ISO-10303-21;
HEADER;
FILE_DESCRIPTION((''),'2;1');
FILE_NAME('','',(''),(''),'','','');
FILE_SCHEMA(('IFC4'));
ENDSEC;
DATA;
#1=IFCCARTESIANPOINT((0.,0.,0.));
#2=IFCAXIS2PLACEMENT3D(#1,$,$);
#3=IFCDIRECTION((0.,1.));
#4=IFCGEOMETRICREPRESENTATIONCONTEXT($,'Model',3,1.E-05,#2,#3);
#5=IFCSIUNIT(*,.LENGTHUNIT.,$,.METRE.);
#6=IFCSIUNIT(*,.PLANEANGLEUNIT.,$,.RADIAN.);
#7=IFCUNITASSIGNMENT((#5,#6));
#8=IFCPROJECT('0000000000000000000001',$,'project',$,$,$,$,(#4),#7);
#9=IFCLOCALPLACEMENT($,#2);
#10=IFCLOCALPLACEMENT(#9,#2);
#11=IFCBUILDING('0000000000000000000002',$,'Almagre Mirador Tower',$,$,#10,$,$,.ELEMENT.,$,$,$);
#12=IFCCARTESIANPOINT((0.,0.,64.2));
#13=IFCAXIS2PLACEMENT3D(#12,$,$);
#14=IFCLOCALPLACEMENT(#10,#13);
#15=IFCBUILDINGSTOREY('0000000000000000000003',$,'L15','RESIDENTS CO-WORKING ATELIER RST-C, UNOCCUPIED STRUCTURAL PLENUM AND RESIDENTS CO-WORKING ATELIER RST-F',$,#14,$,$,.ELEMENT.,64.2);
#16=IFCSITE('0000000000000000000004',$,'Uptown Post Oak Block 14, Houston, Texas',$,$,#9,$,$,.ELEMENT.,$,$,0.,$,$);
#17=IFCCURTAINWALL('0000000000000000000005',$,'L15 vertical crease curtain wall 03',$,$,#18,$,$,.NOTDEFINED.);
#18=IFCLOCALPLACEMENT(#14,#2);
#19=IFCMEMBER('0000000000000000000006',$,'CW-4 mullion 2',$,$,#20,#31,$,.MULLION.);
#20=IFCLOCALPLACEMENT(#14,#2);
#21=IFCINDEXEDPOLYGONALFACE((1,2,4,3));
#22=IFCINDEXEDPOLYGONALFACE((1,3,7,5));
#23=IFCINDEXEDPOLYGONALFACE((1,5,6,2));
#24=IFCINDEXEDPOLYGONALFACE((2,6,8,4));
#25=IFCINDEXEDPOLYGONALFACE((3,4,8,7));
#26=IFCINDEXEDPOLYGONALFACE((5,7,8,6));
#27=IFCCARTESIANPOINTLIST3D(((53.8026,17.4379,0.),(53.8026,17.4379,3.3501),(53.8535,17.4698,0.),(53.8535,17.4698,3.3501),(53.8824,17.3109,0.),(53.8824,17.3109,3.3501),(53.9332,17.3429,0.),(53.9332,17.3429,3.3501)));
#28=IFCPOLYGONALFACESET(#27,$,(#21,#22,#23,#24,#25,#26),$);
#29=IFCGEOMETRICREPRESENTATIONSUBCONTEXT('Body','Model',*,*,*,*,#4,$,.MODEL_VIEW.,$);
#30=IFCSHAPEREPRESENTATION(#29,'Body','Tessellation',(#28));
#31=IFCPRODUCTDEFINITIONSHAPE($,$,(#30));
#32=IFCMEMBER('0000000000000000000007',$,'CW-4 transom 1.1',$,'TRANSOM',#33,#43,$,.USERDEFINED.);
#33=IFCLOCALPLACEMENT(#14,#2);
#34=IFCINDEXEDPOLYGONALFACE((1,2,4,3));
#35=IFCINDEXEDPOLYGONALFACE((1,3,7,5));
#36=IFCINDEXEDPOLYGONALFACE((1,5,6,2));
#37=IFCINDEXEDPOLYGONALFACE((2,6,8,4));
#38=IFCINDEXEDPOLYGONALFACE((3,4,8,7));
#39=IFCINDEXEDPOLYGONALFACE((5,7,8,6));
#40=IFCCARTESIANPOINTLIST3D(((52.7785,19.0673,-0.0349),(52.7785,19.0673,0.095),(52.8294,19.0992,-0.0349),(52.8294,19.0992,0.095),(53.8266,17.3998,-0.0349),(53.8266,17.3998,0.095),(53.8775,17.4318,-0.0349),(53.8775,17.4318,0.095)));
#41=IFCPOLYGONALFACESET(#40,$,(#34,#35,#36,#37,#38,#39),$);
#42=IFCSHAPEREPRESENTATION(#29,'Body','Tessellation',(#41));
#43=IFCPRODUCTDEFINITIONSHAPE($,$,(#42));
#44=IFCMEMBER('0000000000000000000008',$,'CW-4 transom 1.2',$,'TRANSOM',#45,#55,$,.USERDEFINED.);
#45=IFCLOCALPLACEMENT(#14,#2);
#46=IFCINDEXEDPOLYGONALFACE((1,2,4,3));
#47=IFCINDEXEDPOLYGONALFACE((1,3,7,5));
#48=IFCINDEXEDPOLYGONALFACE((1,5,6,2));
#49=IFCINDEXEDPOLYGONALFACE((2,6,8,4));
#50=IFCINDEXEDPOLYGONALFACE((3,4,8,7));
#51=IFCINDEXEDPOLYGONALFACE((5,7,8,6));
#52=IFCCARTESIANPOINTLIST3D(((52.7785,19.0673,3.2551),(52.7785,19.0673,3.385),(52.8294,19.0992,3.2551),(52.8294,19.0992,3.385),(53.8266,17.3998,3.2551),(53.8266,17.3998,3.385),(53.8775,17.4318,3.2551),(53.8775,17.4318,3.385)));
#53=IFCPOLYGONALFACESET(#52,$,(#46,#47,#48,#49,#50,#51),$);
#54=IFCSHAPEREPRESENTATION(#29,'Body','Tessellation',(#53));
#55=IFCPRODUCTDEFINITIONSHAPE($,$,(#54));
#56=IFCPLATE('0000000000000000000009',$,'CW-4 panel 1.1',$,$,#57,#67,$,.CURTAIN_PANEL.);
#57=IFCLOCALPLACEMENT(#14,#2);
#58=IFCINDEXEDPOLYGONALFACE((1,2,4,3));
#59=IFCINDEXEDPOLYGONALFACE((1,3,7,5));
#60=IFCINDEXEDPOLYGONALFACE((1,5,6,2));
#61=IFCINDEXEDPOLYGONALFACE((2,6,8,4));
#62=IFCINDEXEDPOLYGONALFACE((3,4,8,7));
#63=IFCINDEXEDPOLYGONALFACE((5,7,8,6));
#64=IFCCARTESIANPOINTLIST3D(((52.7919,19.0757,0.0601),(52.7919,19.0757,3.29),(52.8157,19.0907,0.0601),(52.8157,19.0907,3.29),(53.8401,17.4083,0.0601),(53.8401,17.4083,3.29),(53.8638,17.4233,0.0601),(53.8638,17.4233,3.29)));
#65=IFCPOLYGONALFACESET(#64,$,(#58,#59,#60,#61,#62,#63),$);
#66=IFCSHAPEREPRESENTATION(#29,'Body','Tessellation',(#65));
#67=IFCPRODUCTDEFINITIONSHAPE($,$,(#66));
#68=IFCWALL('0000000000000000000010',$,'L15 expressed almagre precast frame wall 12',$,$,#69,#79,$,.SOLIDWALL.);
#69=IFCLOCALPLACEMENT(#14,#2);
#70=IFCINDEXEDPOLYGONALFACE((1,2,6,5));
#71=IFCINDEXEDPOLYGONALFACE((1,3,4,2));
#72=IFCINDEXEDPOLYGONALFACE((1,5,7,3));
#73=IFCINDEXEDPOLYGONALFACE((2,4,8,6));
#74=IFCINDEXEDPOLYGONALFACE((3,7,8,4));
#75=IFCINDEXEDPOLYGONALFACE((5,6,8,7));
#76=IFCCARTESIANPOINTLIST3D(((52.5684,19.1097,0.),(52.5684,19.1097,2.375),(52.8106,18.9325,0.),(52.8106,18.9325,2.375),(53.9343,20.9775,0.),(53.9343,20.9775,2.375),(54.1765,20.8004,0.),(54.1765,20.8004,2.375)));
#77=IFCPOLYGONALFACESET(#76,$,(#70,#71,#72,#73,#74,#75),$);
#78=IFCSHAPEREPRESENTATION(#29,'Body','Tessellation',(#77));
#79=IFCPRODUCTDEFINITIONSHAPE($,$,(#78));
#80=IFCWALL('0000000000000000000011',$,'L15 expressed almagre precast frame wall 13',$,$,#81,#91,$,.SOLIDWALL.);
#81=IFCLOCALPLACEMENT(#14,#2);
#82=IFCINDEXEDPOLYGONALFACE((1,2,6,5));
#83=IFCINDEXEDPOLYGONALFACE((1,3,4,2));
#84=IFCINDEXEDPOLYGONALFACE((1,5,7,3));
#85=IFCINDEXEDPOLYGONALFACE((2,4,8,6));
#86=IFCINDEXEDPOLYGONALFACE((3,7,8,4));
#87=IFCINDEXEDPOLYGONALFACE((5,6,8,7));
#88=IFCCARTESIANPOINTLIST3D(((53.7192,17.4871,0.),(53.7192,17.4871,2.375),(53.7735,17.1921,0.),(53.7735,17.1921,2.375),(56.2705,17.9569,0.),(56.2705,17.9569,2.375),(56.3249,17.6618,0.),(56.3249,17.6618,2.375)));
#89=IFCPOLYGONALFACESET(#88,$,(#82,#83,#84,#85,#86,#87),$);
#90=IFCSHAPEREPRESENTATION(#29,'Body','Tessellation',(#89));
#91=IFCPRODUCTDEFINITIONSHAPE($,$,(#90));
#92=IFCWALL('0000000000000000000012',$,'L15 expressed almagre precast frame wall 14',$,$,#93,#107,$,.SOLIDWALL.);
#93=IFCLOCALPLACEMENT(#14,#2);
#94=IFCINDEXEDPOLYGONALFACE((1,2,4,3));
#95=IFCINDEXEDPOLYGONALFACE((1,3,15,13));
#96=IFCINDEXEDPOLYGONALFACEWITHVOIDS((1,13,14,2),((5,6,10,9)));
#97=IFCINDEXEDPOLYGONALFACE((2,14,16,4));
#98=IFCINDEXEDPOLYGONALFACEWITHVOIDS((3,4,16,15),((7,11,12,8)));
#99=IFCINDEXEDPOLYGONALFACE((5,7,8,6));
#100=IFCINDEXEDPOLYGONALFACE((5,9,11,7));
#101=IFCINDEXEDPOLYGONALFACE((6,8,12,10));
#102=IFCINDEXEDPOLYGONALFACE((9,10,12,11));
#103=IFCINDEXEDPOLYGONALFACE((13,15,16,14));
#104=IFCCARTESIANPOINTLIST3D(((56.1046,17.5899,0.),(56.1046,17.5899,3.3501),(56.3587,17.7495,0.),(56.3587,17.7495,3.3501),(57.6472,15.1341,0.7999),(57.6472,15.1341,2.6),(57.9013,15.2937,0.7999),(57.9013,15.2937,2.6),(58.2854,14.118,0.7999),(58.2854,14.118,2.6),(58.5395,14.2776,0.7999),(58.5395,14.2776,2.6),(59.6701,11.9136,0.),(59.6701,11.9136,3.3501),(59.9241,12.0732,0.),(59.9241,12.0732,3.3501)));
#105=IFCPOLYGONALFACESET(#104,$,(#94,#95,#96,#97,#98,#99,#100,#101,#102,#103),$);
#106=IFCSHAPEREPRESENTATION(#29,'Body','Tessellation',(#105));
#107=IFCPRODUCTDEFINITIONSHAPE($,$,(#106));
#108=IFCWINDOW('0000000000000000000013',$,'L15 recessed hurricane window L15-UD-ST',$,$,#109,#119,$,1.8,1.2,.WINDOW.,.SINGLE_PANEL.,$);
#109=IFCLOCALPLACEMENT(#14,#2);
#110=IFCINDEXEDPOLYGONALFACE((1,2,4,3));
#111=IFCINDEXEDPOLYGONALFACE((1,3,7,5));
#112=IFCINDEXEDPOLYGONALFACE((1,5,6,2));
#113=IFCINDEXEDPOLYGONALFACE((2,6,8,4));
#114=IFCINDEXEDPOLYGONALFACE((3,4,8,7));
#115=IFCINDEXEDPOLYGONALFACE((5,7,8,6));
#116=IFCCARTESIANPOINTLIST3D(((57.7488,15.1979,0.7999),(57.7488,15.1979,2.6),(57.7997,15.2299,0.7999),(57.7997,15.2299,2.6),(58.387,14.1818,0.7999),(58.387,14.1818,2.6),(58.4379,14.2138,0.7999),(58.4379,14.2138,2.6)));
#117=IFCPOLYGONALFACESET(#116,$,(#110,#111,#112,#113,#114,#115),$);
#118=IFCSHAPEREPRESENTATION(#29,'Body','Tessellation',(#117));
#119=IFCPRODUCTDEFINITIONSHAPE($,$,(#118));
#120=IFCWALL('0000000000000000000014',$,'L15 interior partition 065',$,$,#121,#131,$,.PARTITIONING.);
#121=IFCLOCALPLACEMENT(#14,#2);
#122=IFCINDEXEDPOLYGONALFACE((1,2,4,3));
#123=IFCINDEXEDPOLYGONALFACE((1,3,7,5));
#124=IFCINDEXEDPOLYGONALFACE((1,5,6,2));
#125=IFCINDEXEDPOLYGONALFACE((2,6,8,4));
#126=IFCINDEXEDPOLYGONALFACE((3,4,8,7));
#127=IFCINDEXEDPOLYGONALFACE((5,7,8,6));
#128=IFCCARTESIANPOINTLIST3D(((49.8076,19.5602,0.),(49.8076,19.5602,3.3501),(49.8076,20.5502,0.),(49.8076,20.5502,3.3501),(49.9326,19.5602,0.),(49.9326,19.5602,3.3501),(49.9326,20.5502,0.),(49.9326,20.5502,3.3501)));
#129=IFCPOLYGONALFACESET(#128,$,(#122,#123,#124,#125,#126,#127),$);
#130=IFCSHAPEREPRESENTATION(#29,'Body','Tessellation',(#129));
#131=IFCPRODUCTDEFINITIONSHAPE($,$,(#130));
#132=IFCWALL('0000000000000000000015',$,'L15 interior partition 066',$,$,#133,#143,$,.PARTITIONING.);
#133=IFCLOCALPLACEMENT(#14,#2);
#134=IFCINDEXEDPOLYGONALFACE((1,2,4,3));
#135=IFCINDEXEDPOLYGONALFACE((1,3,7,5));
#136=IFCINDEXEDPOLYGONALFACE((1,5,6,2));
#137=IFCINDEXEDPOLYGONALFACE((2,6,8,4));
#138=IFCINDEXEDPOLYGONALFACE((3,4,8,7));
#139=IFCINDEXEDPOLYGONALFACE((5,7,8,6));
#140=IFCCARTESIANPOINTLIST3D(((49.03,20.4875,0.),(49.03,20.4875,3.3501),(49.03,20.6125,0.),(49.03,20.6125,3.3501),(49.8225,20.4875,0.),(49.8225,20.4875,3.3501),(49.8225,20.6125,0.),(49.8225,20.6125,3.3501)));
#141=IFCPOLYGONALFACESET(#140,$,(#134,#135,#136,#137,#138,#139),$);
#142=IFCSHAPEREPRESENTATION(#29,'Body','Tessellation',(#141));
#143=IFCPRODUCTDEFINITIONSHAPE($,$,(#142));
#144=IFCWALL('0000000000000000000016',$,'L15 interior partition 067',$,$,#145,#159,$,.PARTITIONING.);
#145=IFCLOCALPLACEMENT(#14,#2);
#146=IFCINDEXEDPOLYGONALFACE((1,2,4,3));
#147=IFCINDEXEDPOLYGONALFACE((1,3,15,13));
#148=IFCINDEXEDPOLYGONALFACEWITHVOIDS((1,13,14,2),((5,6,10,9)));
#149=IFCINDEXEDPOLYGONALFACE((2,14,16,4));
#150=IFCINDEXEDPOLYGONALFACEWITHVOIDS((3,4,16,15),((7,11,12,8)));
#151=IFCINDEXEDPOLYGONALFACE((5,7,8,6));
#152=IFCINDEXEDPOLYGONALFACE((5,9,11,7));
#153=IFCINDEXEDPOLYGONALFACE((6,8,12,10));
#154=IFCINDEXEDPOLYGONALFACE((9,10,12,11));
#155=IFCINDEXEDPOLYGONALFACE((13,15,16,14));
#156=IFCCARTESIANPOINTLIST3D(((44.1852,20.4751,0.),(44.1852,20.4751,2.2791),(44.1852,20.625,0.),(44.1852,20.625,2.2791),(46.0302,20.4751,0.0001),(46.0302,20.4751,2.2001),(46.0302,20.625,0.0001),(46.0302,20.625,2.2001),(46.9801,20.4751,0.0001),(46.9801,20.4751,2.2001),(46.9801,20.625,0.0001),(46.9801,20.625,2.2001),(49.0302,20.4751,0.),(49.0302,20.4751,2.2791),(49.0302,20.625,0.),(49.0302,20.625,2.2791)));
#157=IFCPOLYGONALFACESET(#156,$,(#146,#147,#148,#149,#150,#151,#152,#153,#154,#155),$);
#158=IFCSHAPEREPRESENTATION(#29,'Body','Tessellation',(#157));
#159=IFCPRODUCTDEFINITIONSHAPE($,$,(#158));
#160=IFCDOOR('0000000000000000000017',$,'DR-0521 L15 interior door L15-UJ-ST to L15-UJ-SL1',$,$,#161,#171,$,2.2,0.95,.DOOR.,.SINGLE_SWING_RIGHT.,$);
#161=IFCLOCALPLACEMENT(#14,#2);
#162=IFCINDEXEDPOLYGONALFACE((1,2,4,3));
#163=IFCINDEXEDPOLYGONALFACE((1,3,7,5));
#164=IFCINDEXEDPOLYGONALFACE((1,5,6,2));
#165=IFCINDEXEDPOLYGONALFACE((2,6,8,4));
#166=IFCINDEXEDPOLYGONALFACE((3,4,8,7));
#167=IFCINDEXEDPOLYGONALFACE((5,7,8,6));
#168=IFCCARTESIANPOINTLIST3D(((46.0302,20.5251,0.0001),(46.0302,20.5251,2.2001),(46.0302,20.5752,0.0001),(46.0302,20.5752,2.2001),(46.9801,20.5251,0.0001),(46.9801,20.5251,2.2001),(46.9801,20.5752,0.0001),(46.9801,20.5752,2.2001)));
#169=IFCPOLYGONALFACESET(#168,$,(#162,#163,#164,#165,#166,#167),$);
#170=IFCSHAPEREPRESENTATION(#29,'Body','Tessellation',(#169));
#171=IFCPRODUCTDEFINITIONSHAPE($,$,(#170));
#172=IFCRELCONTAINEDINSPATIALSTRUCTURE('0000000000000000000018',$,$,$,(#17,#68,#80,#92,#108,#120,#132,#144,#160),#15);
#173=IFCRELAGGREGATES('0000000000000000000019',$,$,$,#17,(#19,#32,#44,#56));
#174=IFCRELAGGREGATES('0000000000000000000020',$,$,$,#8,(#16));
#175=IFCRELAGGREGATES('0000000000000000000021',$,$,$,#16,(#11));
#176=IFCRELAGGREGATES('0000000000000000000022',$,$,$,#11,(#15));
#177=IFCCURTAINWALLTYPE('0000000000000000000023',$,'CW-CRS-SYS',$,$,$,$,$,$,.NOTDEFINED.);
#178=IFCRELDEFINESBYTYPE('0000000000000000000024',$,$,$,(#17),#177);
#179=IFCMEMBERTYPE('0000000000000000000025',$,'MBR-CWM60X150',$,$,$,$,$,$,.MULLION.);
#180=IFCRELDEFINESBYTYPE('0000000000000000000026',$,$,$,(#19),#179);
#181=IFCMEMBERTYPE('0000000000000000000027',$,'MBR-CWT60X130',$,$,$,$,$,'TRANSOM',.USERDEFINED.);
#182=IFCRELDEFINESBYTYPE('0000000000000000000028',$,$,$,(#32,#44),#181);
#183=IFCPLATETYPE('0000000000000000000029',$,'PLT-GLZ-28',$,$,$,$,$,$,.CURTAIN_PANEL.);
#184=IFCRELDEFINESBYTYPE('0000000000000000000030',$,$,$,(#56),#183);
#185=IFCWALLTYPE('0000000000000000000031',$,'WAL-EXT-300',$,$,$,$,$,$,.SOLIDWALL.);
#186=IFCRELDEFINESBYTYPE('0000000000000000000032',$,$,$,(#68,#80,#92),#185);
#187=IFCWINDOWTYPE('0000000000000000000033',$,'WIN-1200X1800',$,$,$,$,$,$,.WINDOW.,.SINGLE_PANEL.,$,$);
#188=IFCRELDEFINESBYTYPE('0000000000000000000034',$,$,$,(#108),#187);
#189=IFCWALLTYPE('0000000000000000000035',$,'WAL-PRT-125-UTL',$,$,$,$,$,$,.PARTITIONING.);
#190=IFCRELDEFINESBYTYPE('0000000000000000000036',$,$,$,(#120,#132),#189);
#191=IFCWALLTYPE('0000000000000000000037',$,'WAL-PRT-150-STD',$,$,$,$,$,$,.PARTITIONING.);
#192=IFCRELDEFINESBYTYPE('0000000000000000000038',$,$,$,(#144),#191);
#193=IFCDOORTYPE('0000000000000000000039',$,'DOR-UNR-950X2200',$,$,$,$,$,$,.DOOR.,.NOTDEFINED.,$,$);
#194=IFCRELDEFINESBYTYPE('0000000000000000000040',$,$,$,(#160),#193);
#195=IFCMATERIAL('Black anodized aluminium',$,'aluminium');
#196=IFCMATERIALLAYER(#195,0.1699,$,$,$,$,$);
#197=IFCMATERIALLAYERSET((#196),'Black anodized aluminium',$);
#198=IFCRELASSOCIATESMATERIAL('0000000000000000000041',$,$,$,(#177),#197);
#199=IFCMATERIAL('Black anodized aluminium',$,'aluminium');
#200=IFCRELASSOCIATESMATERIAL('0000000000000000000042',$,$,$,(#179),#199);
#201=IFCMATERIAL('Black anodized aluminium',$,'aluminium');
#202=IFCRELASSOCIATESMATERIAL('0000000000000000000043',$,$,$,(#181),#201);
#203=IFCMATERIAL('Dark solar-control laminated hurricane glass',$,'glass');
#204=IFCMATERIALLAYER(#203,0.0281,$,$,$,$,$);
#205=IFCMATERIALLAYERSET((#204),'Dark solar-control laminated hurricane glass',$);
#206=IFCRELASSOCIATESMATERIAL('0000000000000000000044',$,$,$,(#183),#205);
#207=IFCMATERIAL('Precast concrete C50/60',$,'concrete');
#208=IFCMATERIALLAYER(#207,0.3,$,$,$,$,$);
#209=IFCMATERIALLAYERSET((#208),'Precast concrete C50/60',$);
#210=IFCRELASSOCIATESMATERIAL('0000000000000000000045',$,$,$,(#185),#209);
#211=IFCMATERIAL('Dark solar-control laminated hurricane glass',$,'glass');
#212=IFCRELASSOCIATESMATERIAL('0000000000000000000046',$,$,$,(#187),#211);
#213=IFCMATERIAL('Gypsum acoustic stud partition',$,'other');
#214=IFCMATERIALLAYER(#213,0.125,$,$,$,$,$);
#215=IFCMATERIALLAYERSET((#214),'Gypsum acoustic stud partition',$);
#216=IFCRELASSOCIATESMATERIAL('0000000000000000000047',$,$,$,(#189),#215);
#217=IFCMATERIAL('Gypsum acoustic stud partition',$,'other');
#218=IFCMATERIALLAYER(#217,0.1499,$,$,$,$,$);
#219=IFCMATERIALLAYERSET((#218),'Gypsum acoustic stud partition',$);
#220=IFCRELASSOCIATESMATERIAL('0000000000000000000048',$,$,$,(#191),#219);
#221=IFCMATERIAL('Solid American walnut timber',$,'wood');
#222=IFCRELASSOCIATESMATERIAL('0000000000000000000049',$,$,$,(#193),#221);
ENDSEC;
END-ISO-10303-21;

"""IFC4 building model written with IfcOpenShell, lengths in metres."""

from ifc_helpers import new_model, si_unit, direction, frame, frame_2d, origin, origin_2d, place, context, subcontext, project, spatial, rectangle, extrude, material, layer, layer_set, material_profile, profile_set, type_object, element, fill, aggregate, save


model = new_model("IFC4")

# Units and contexts
model_context = context("Model", 3, precision=1e-05, world=origin(), true_north=direction((0.0, 1.0)))
body_context = subcontext(model_context, "Body", "Model", "MODEL_VIEW")
ifc_project = project(units=[si_unit("LENGTHUNIT", "METRE"), si_unit("PLANEANGLEUNIT", "RADIAN")], contexts=[model_context])

# Site, building, storey
site_placement = place(None, origin())
site = spatial("IfcSite", under=ifc_project, at=site_placement, Name="Uptown Post Oak Block 14, Houston, Texas", CompositionType="ELEMENT", RefElevation=0.0)
building_placement = place(site_placement, origin())
building = spatial("IfcBuilding", under=site, at=building_placement, Name="Almagre Mirador Tower", CompositionType="ELEMENT")
storey_placement = place(building_placement, frame((0.0, 0.0, 64.2)))
storey = spatial("IfcBuildingStorey", under=building, at=storey_placement, Name="L15", Description="RESIDENTS CO-WORKING ATELIER RST-C, UNOCCUPIED STRUCTURAL PLENUM AND RESIDENTS CO-WORKING ATELIER RST-F", CompositionType="ELEMENT", Elevation=64.2)

# Curtain wall, members, plate
ifc_material_1 = material(Name="Black anodized aluminium", Category="aluminium")
ifc_layer_1 = layer(ifc_material_1, 0.1699)
ifc_layer_set_1 = layer_set([ifc_layer_1], Name="Black anodized aluminium")
curtain_wall_type = type_object("IfcCurtainWallType", Name="CW-CRS-SYS", PredefinedType="NOTDEFINED", material=ifc_layer_set_1)
curtain_wall_placement = place(storey_placement, origin())
curtain_wall = element("IfcCurtainWall", 1, at=curtain_wall_placement, inside=storey, type_object=curtain_wall_type, Name="L15 vertical crease curtain wall 03", PredefinedType="NOTDEFINED")
ifc_material_2 = material(Name="Black anodized aluminium", Category="aluminium")
ifc_material_profile_1 = material_profile(ifc_material_2, rectangle(XDim=0.0601, YDim=0.1499, at=origin_2d()), Name="CWM60X150")
ifc_profile_set_1 = profile_set([ifc_material_profile_1], Name="Black anodized aluminium")
member_type_1 = type_object("IfcMemberType", Name="MBR-CWM60X150", PredefinedType="MULLION", material=ifc_profile_set_1)
member_1_placement = place(storey_placement, frame((53.8679, 17.3904, 0.0), z_axis=(0.0, 0.0, 1.0), x_axis=(0.846624, 0.532191, 0.0)))
member_1 = element("IfcMember", 2, at=member_1_placement, type_object=member_type_1, Name="CW-4 mullion 2", PredefinedType="MULLION", context=body_context, shape_type="SweptSolid", body=[
    extrude(rectangle(XDim=0.0601, YDim=0.1499, at=origin_2d()), origin(), (0.0, 0.0, 1.0), 3.3501),
])
ifc_material_3 = material(Name="Black anodized aluminium", Category="aluminium")
ifc_material_profile_2 = material_profile(ifc_material_3, rectangle(XDim=0.0601, YDim=0.1299, at=origin_2d()), Name="CWT60X130")
ifc_profile_set_2 = profile_set([ifc_material_profile_2], Name="Black anodized aluminium")
member_type_2 = type_object("IfcMemberType", Name="MBR-CWT60X130", ElementType="TRANSOM", PredefinedType="USERDEFINED", material=ifc_profile_set_2)
member_2_placement = place(storey_placement, frame((52.804, 19.0833, 0.03), z_axis=(0.532159, -0.846645, 0.0), x_axis=(0.846645, 0.532159, 0.0)))
member_2 = element("IfcMember", 3, at=member_2_placement, type_object=member_type_2, Name="CW-4 transom 1.1", ObjectType="TRANSOM", PredefinedType="USERDEFINED", context=body_context, shape_type="SweptSolid", body=[
    extrude(rectangle(XDim=0.0601, YDim=0.1299, at=origin_2d()), origin(), (0.0, 0.0, 1.0), 1.9695),
])
member_3_placement = place(storey_placement, frame((52.804, 19.0833, 3.3201), z_axis=(0.532159, -0.846645, 0.0), x_axis=(0.846645, 0.532159, 0.0)))
member_3 = element("IfcMember", 4, at=member_3_placement, type_object=member_type_2, Name="CW-4 transom 1.2", ObjectType="TRANSOM", PredefinedType="USERDEFINED", context=body_context, shape_type="SweptSolid", body=[
    extrude(rectangle(XDim=0.0601, YDim=0.1299, at=origin_2d()), origin(), (0.0, 0.0, 1.0), 1.9695),
])
ifc_material_4 = material(Name="Dark solar-control laminated hurricane glass", Category="glass")
ifc_layer_2 = layer(ifc_material_4, 0.0281)
ifc_layer_set_2 = layer_set([ifc_layer_2], Name="Dark solar-control laminated hurricane glass")
plate_type = type_object("IfcPlateType", Name="PLT-GLZ-28", PredefinedType="CURTAIN_PANEL", material=ifc_layer_set_2)
plate_placement = place(storey_placement, frame((53.3279, 18.2495, 0.0601), z_axis=(0.0, 0.0, 1.0), x_axis=(0.532191, -0.846624, 0.0)))
plate = element("IfcPlate", 5, at=plate_placement, type_object=plate_type, Name="CW-4 panel 1.1", PredefinedType="CURTAIN_PANEL", context=body_context, shape_type="SweptSolid", body=[
    extrude(rectangle(XDim=1.9695, YDim=0.0281, at=origin_2d()), origin(), (0.0, 0.0, 1.0), 3.23),
])
aggregate(curtain_wall, [member_1, member_2, member_3, plate])

# Walls
ifc_material_5 = material(Name="Precast concrete C50/60", Category="concrete")
ifc_layer_3 = layer(ifc_material_5, 0.3)
ifc_layer_set_3 = layer_set([ifc_layer_3], Name="Precast concrete C50/60")
wall_type_1 = type_object("IfcWallType", Name="WAL-EXT-300", PredefinedType="SOLIDWALL", material=ifc_layer_set_3)
wall_1_placement = place(storey_placement, frame((54.0554, 20.8889, 0.0), z_axis=(0.0, 0.0, 1.0), x_axis=(-0.590284, -0.807196, 0.0)))
element("IfcWall", 6, at=wall_1_placement, inside=storey, type_object=wall_type_1, Name="L15 expressed almagre precast frame wall 12", PredefinedType="SOLIDWALL", context=body_context, shape_type="SweptSolid", body=[
    extrude(rectangle(XDim=2.314, YDim=0.3, at=frame_2d((1.157, 0.0))), origin(), (0.0, 0.0, 1.0), 2.375),
])
wall_2_placement = place(storey_placement, frame((53.7463, 17.3396, 0.0), z_axis=(0.0, 0.0, 1.0), x_axis=(0.98347, 0.181071, 0.0)))
element("IfcWall", 7, at=wall_2_placement, inside=storey, type_object=wall_type_1, Name="L15 expressed almagre precast frame wall 13", PredefinedType="SOLIDWALL", context=body_context, shape_type="SweptSolid", body=[
    extrude(rectangle(XDim=2.5942, YDim=0.3, at=frame_2d((1.2971, 0.0))), origin(), (0.0, 0.0, 1.0), 2.375),
])

# Wall, opening, window
wall_3_placement = place(storey_placement, frame((56.2317, 17.6697, 0.0), z_axis=(0.0, 0.0, 1.0), x_axis=(0.531903, -0.846805, 0.0)))
wall_3 = element("IfcWall", 8, at=wall_3_placement, inside=storey, type_object=wall_type_1, Name="L15 expressed almagre precast frame wall 14", PredefinedType="SOLIDWALL", context=body_context, shape_type="SweptSolid", body=[
    extrude(rectangle(XDim=6.7031, YDim=0.3, at=frame_2d((3.3516, 0.0))), origin(), (0.0, 0.0, 1.0), 3.3501),
])
opening_1_placement = place(wall_3_placement, frame((2.8999, 0.0, 0.8)))
opening_1 = element("IfcOpeningElement", 9, at=opening_1_placement, cuts=wall_3, PredefinedType="OPENING", context=body_context, shape_type="SweptSolid", body=[
    extrude(rectangle(XDim=1.2, YDim=1.8, at=frame_2d((0.6001, 0.8999))), frame((0.0, 0.1599, 0.0), z_axis=(0.0, -1.0, 0.0), x_axis=(1.0, 0.0, 0.0)), (0.0, 0.0, 1.0), 0.32),
])
ifc_material_6 = material(Name="Dark solar-control laminated hurricane glass", Category="glass")
window_type = type_object("IfcWindowType", Name="WIN-1200X1800", PartitioningType="SINGLE_PANEL", PredefinedType="WINDOW", material=ifc_material_6)
window_placement = place(opening_1_placement, origin())
window = element("IfcWindow", 10, at=window_placement, inside=storey, type_object=window_type, Name="L15 recessed hurricane window L15-UD-ST", OverallHeight=1.8, OverallWidth=1.2, PartitioningType="SINGLE_PANEL", PredefinedType="WINDOW", context=body_context, shape_type="SweptSolid", body=[
    extrude(rectangle(XDim=1.2, YDim=1.8, at=frame_2d((0.6001, 0.8999))), frame((0.0, 0.03, 0.0), z_axis=(0.0, -1.0, 0.0), x_axis=(1.0, 0.0, 0.0)), (0.0, 0.0, 1.0), 0.0601),
])
fill(opening_1, window)

# Walls
ifc_material_7 = material(Name="Gypsum acoustic stud partition", Category="other")
ifc_layer_4 = layer(ifc_material_7, 0.125)
ifc_layer_set_4 = layer_set([ifc_layer_4], Name="Gypsum acoustic stud partition")
wall_type_2 = type_object("IfcWallType", Name="WAL-PRT-125-UTL", PredefinedType="PARTITIONING", material=ifc_layer_set_4)
wall_4_placement = place(storey_placement, frame((49.8701, 19.5601, 0.0), z_axis=(0.0, 0.0, 1.0), x_axis=(0.0, 1.0, 0.0)))
element("IfcWall", 11, at=wall_4_placement, inside=storey, type_object=wall_type_2, Name="L15 interior partition 065", PredefinedType="PARTITIONING", context=body_context, shape_type="SweptSolid", body=[
    extrude(rectangle(XDim=0.99, YDim=0.125, at=frame_2d((0.4951, 0.0))), origin(), (0.0, 0.0, 1.0), 3.3501),
])
wall_5_placement = place(storey_placement, frame((49.8225, 20.55, 0.0), z_axis=(0.0, 0.0, 1.0), x_axis=(-1.0, 0.0, 0.0)))
element("IfcWall", 12, at=wall_5_placement, inside=storey, type_object=wall_type_2, Name="L15 interior partition 066", PredefinedType="PARTITIONING", context=body_context, shape_type="SweptSolid", body=[
    extrude(rectangle(XDim=0.7925, YDim=0.125, at=frame_2d((0.3962, 0.0))), origin(), (0.0, 0.0, 1.0), 3.3501),
])

# Wall, opening, door
ifc_material_8 = material(Name="Gypsum acoustic stud partition", Category="other")
ifc_layer_5 = layer(ifc_material_8, 0.1499)
ifc_layer_set_5 = layer_set([ifc_layer_5], Name="Gypsum acoustic stud partition")
wall_type_3 = type_object("IfcWallType", Name="WAL-PRT-150-STD", PredefinedType="PARTITIONING", material=ifc_layer_set_5)
wall_6_placement = place(storey_placement, frame((49.03, 20.55, 0.0), z_axis=(0.0, 0.0, 1.0), x_axis=(-1.0, 0.0, 0.0)))
wall_6 = element("IfcWall", 13, at=wall_6_placement, inside=storey, type_object=wall_type_3, Name="L15 interior partition 067", PredefinedType="PARTITIONING", context=body_context, shape_type="SweptSolid", body=[
    extrude(rectangle(XDim=4.845, YDim=0.1499, at=frame_2d((2.4224, 0.0))), origin(), (0.0, 0.0, 1.0), 2.2791),
])
opening_2_placement = place(wall_6_placement, frame((2.0498, 0.0, 0.0)))
opening_2 = element("IfcOpeningElement", 14, at=opening_2_placement, cuts=wall_6, PredefinedType="OPENING", context=body_context, shape_type="SweptSolid", body=[
    extrude(rectangle(XDim=0.95, YDim=2.2, at=frame_2d((0.4751, 1.1001))), frame((0.0, 0.085, 0.0), z_axis=(0.0, -1.0, 0.0), x_axis=(1.0, 0.0, 0.0)), (0.0, 0.0, 1.0), 0.1699),
])
ifc_material_9 = material(Name="Solid American walnut timber", Category="wood")
door_type = type_object("IfcDoorType", Name="DOR-UNR-950X2200", OperationType="NOTDEFINED", PredefinedType="DOOR", material=ifc_material_9)
door_placement = place(opening_2_placement, origin())
door = element("IfcDoor", 15, at=door_placement, inside=storey, type_object=door_type, Name="DR-0521 L15 interior door L15-UJ-ST to L15-UJ-SL1", OperationType="SINGLE_SWING_RIGHT", OverallHeight=2.2, OverallWidth=0.95, PredefinedType="DOOR", context=body_context, shape_type="SweptSolid", body=[
    extrude(rectangle(XDim=0.95, YDim=2.2, at=frame_2d((0.4751, 1.1001))), frame((0.0, 0.0249, 0.0), z_axis=(0.0, -1.0, 0.0), x_axis=(1.0, 0.0, 0.0)), (0.0, 0.0, 1.0), 0.05),
])
fill(opening_2, door)

save(model, "model.ifc")
